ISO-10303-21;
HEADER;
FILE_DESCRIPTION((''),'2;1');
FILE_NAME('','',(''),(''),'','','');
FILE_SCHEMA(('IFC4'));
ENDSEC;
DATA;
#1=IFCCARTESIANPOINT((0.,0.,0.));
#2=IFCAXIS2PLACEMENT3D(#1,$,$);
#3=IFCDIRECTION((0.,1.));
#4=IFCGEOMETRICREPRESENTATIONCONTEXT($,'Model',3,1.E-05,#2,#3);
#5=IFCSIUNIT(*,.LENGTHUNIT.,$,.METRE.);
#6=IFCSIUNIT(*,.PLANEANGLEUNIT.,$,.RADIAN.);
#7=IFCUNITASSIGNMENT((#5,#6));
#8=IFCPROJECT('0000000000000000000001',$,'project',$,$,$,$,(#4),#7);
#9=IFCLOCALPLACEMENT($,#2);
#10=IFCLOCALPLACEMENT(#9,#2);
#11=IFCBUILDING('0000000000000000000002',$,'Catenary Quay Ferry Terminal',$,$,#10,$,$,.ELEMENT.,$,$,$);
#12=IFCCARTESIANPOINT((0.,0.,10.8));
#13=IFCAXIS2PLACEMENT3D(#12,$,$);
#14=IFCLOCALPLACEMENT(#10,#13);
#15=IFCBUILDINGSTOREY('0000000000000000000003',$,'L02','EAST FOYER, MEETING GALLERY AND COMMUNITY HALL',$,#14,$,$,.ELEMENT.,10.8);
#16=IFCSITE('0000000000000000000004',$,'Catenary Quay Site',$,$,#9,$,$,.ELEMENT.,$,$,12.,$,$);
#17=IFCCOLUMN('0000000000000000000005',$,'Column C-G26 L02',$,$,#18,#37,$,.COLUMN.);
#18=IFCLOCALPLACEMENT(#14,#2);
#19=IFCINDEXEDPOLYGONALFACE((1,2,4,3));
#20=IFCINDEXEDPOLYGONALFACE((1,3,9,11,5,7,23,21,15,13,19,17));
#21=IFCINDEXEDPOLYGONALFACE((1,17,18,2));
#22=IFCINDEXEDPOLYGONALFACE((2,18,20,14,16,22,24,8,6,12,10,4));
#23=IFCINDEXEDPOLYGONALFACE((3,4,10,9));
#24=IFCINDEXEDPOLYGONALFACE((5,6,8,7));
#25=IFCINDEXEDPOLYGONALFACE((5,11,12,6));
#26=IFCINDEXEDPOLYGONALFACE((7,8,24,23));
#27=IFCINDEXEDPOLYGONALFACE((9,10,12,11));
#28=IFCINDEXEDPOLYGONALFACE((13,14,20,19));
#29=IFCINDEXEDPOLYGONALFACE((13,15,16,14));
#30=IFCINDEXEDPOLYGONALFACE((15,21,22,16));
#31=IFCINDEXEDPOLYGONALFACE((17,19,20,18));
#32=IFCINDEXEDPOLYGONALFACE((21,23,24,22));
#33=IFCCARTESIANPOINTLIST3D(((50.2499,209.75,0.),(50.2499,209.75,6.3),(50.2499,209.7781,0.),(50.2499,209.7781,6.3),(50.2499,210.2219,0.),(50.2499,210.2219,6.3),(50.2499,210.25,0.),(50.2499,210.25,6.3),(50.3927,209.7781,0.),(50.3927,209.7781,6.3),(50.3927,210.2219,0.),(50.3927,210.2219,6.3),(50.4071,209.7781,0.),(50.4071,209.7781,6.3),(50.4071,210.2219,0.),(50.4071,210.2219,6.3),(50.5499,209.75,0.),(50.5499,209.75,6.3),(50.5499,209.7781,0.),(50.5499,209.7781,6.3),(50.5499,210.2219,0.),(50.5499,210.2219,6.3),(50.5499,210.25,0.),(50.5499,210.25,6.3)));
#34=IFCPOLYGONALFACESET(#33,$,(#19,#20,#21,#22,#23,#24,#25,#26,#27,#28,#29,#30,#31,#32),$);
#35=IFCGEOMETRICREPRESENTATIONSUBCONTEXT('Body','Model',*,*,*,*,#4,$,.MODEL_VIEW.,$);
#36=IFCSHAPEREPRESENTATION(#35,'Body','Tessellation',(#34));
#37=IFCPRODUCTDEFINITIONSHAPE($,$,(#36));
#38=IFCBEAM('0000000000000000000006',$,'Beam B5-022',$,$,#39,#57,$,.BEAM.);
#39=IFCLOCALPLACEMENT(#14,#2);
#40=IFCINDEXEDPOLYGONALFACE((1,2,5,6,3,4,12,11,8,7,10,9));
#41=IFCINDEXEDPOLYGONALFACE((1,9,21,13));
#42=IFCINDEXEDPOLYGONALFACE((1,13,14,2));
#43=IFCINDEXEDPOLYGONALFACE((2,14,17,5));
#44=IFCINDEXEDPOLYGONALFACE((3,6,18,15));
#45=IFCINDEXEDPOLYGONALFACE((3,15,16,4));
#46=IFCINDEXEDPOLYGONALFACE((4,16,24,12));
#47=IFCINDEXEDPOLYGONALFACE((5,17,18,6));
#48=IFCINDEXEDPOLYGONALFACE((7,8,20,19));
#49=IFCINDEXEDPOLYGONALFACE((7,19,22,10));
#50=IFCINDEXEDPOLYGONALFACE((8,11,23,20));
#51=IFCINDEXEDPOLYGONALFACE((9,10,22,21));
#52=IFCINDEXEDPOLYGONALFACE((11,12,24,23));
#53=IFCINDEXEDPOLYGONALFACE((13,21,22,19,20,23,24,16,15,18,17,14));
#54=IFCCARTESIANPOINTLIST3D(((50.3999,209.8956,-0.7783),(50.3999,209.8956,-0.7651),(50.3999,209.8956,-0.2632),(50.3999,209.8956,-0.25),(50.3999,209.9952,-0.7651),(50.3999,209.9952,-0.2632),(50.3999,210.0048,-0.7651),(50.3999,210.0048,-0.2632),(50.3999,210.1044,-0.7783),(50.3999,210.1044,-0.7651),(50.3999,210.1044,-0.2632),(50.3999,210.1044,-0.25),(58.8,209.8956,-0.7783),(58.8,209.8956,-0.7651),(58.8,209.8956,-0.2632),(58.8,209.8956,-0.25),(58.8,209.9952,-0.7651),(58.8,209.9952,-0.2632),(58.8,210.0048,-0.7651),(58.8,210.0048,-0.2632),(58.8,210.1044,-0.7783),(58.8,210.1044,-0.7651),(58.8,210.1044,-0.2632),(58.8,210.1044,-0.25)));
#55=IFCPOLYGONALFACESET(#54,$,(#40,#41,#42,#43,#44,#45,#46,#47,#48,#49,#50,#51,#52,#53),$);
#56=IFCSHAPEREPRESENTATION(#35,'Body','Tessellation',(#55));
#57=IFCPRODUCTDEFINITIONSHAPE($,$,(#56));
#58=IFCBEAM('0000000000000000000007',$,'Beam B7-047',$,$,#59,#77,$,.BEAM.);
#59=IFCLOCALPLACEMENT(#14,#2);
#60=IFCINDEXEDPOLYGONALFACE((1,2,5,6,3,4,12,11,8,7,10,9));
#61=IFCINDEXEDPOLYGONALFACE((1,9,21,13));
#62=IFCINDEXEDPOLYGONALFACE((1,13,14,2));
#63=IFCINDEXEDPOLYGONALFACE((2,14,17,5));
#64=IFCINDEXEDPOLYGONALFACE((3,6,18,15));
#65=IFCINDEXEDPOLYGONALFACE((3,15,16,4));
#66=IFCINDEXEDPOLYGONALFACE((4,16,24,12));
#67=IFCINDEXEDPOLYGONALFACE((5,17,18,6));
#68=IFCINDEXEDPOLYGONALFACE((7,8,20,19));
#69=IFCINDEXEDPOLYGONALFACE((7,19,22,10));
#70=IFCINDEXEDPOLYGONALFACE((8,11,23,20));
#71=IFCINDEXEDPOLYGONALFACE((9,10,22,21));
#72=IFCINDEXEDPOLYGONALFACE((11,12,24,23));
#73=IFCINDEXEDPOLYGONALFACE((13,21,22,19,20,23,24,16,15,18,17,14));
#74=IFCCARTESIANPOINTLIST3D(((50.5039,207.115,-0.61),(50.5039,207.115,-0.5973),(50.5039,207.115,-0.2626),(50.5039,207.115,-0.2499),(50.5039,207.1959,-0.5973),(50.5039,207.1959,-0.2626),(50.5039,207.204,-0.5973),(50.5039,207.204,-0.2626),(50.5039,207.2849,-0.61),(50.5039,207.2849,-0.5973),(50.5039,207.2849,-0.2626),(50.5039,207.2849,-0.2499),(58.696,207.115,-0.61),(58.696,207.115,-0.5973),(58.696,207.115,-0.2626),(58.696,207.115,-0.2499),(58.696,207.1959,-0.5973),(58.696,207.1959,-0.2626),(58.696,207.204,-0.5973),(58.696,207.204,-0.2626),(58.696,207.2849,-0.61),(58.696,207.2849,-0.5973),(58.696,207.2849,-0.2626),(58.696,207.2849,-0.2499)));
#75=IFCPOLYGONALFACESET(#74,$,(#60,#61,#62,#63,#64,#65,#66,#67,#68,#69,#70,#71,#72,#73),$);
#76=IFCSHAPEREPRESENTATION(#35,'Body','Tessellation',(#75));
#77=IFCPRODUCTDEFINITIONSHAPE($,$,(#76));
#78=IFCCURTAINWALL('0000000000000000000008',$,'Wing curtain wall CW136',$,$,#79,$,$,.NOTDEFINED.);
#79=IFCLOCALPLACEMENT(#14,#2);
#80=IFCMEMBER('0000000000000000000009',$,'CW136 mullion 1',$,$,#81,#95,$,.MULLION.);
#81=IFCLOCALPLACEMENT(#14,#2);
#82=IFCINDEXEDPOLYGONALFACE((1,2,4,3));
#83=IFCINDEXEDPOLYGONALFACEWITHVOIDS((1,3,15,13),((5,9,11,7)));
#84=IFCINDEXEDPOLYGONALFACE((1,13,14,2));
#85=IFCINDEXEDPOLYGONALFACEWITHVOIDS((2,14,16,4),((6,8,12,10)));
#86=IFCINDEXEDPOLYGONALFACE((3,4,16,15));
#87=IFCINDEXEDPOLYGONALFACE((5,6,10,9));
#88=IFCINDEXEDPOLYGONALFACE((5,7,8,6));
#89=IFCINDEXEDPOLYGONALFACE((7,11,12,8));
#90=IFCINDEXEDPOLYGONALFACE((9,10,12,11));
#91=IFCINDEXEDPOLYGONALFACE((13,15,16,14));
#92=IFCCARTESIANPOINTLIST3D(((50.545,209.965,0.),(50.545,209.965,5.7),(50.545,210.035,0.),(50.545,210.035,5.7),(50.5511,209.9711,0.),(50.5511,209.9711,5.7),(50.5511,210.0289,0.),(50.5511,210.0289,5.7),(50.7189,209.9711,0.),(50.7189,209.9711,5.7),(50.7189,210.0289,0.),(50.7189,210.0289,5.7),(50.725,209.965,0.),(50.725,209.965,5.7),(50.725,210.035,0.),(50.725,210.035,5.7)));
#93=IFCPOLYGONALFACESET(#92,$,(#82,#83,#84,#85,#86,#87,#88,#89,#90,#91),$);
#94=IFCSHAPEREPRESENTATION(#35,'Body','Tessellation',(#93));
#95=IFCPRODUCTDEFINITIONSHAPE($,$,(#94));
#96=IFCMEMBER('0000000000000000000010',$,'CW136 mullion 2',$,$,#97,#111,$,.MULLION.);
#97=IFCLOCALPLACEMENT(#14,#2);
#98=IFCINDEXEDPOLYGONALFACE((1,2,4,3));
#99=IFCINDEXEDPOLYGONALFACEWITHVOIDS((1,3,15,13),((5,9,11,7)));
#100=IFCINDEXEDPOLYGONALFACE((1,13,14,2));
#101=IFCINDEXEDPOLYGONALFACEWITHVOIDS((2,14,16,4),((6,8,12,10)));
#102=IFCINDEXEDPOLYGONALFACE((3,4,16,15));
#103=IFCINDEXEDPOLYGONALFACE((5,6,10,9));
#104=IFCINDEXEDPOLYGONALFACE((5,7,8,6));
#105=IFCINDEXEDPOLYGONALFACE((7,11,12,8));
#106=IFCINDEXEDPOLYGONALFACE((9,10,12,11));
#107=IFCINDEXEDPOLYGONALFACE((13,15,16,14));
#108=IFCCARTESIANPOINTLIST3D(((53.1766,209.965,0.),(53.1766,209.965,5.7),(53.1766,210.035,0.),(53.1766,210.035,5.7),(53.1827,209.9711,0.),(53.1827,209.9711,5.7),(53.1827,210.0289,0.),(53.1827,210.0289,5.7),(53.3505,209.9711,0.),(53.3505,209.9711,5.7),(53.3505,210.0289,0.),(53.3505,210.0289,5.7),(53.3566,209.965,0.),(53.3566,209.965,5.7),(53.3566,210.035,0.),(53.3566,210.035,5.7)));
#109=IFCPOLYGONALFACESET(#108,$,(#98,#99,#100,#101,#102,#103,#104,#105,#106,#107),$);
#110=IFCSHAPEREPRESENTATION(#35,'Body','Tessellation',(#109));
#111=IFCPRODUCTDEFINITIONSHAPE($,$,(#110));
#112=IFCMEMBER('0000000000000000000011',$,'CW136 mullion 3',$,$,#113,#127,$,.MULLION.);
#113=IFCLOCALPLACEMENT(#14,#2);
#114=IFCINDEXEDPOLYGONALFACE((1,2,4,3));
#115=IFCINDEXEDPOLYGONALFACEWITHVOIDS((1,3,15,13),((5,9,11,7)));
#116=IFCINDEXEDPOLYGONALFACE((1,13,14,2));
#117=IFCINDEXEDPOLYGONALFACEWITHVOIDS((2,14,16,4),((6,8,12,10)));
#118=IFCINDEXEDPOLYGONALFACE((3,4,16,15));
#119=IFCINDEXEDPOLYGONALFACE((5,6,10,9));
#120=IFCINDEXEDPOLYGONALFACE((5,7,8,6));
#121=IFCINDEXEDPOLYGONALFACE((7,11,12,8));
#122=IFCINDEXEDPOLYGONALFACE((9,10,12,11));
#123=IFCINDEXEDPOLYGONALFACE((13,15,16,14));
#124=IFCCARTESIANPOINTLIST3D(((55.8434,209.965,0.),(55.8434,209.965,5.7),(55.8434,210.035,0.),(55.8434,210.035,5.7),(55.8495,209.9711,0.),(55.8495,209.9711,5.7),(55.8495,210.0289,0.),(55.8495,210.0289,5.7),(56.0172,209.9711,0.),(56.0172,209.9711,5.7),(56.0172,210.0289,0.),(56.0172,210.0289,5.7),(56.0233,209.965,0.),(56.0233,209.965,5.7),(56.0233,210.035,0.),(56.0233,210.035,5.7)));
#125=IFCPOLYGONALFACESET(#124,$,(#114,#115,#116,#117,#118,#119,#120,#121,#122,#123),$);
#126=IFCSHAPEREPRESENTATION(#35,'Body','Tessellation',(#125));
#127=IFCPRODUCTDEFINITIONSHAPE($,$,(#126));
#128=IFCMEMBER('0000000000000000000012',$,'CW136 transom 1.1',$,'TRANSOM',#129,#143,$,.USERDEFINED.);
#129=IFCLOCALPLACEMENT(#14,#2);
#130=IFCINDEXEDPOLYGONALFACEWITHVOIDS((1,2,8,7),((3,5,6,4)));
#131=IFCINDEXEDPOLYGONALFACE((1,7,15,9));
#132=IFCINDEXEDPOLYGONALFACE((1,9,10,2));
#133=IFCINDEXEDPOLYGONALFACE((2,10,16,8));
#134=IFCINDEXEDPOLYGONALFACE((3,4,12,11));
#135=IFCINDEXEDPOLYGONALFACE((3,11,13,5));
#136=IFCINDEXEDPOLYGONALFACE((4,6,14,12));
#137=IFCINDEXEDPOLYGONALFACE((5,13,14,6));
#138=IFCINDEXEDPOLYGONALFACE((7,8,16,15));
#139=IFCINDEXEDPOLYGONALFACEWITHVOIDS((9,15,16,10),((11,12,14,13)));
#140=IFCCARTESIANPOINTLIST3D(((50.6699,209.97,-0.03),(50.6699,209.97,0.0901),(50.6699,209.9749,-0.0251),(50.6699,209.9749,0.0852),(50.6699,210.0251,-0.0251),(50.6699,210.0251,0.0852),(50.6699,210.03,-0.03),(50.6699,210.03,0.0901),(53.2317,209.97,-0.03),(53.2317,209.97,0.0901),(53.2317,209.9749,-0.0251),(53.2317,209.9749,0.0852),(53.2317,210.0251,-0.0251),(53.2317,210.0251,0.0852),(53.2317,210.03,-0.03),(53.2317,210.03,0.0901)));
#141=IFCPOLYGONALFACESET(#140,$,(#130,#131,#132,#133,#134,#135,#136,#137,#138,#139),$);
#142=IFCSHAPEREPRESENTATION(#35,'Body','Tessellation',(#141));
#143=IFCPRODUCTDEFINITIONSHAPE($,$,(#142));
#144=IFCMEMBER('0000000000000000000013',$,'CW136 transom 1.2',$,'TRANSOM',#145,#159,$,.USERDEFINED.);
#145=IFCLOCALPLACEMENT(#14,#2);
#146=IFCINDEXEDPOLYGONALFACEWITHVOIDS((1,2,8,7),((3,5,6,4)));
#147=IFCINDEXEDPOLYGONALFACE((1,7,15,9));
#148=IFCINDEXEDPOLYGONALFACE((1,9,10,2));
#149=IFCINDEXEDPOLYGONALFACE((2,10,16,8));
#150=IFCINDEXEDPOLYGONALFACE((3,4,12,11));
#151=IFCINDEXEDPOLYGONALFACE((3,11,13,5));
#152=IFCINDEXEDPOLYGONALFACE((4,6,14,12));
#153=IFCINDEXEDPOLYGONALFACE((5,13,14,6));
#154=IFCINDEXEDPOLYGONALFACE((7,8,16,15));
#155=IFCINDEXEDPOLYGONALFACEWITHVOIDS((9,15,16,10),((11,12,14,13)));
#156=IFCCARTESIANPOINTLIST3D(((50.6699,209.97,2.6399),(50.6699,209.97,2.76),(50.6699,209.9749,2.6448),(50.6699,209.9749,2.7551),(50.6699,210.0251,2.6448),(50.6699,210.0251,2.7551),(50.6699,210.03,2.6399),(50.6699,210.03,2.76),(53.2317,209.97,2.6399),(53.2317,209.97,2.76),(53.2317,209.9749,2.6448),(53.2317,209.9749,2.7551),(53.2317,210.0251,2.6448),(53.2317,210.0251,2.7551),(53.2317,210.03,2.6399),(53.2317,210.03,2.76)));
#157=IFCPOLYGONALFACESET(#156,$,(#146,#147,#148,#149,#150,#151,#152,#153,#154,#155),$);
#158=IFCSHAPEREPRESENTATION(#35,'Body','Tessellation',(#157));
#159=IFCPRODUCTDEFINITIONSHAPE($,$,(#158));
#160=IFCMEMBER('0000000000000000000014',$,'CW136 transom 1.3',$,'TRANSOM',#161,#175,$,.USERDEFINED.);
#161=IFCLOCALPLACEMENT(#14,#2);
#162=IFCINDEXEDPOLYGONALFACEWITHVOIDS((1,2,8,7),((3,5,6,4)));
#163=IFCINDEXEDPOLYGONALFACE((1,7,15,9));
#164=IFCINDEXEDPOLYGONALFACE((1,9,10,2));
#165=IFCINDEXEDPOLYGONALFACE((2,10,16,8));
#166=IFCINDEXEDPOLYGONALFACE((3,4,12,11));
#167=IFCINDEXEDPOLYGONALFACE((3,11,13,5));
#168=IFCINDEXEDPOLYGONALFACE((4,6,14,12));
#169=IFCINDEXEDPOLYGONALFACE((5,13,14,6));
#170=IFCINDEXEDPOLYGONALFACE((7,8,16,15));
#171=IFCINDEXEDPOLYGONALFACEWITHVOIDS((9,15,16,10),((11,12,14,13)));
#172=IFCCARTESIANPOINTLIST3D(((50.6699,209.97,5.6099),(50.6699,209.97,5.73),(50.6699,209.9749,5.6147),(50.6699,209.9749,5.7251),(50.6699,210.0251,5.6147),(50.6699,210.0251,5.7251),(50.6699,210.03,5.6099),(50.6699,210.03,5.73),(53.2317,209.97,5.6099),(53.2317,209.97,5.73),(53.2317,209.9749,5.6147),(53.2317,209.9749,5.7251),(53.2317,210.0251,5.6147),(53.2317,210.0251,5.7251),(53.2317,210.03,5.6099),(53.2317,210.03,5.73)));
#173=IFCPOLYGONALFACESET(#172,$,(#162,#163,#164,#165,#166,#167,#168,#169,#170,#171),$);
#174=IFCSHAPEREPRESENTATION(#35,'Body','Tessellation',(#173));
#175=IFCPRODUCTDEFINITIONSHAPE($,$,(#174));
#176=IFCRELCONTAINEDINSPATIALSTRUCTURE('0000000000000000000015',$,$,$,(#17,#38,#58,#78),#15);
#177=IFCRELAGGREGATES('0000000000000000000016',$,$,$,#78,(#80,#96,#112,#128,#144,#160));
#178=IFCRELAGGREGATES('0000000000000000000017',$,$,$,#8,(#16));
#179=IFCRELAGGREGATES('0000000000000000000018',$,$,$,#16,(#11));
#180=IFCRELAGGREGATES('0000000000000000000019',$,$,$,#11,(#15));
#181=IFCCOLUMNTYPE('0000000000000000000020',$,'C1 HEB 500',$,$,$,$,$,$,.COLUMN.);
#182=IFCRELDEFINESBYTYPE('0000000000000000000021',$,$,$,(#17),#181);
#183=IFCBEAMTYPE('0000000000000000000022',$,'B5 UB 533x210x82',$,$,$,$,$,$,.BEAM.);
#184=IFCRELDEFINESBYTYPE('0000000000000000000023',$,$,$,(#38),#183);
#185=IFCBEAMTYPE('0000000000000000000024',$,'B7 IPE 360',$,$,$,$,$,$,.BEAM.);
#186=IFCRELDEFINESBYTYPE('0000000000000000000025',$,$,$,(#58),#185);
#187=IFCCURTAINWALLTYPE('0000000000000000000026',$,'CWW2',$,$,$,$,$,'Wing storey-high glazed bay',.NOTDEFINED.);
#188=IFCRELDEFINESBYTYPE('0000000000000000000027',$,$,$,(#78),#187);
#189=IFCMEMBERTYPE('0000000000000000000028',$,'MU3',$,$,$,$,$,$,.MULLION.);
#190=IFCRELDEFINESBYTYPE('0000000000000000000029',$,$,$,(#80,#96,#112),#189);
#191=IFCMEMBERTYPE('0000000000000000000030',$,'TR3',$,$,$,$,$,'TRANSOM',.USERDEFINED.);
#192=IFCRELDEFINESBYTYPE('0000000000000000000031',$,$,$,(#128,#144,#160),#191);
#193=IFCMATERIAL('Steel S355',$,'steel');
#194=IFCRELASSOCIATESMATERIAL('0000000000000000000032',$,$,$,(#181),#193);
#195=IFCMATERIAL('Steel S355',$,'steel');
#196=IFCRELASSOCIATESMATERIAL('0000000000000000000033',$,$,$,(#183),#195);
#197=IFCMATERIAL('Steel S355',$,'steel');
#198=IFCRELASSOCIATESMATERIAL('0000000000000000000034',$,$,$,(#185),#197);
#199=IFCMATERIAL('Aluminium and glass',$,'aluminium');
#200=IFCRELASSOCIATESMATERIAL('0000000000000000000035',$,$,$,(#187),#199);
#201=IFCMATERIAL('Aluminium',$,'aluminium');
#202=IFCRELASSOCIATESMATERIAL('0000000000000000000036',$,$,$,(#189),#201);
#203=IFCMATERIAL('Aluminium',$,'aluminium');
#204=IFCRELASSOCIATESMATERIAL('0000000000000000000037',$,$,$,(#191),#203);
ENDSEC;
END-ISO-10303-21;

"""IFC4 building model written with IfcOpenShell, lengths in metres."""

from ifc_helpers import new_model, si_unit, direction, frame, origin, origin_2d, place, context, subcontext, project, spatial, hollow_rectangle, i_section, extrude, material, material_profile, profile_set, type_object, element, aggregate, save


model = new_model("IFC4")

# Units and contexts
model_context = context("Model", 3, precision=1e-05, world=origin(), true_north=direction((0.0, 1.0)))
body_context = subcontext(model_context, "Body", "Model", "MODEL_VIEW")
ifc_project = project(units=[si_unit("LENGTHUNIT", "METRE"), si_unit("PLANEANGLEUNIT", "RADIAN")], contexts=[model_context])

# Site, building, storey
site_placement = place(None, origin())
site = spatial("IfcSite", under=ifc_project, at=site_placement, Name="Catenary Quay Site", CompositionType="ELEMENT", RefElevation=12.0)
building_placement = place(site_placement, origin())
building = spatial("IfcBuilding", under=site, at=building_placement, Name="Catenary Quay Ferry Terminal", CompositionType="ELEMENT")
storey_placement = place(building_placement, frame((0.0, 0.0, 10.8)))
storey = spatial("IfcBuildingStorey", under=building, at=storey_placement, Name="L02", Description="EAST FOYER, MEETING GALLERY AND COMMUNITY HALL", CompositionType="ELEMENT", Elevation=10.8)

# Column
ifc_material_1 = material(Name="Steel S355", Category="steel")
ifc_material_profile_1 = material_profile(ifc_material_1, i_section(OverallWidth=0.3, OverallDepth=0.5, WebThickness=0.0144, FlangeThickness=0.0281, at=origin_2d()), Name="HEB 500")
ifc_profile_set_1 = profile_set([ifc_material_profile_1], Name="Steel S355")
column_type = type_object("IfcColumnType", Name="C1 HEB 500", PredefinedType="COLUMN", material=ifc_profile_set_1)
column_placement = place(storey_placement, frame((50.3999, 210.0, 0.0), z_axis=(0.0, 0.0, 1.0), x_axis=(1.0, 0.0, 0.0)))
element("IfcColumn", 1, at=column_placement, inside=storey, type_object=column_type, Name="Column C-G26 L02", PredefinedType="COLUMN", context=body_context, shape_type="SweptSolid", body=[
    extrude(i_section(OverallWidth=0.3, OverallDepth=0.5, WebThickness=0.0144, FlangeThickness=0.0281, at=origin_2d()), origin(), (0.0, 0.0, 1.0), 6.3),
])

# Beams
ifc_material_2 = material(Name="Steel S355", Category="steel")
ifc_material_profile_2 = material_profile(ifc_material_2, i_section(OverallWidth=0.2087, OverallDepth=0.5283, WebThickness=0.0095, FlangeThickness=0.0132, at=origin_2d()), Name="UB 533x210x82")
ifc_profile_set_2 = profile_set([ifc_material_profile_2], Name="Steel S355")
beam_type_1 = type_object("IfcBeamType", Name="B5 UB 533x210x82", PredefinedType="BEAM", material=ifc_profile_set_2)
beam_1_placement = place(storey_placement, frame((50.3999, 210.0, -0.5142), z_axis=(1.0, 0.0, 0.0), x_axis=(0.0, 1.0, 0.0)))
element("IfcBeam", 2, at=beam_1_placement, inside=storey, type_object=beam_type_1, Name="Beam B5-022", PredefinedType="BEAM", context=body_context, shape_type="SweptSolid", body=[
    extrude(i_section(OverallWidth=0.2087, OverallDepth=0.5283, WebThickness=0.0095, FlangeThickness=0.0132, at=origin_2d()), origin(), (0.0, 0.0, 1.0), 8.4001),
])
ifc_material_3 = material(Name="Steel S355", Category="steel")
ifc_material_profile_3 = material_profile(ifc_material_3, i_section(OverallWidth=0.1699, OverallDepth=0.3601, WebThickness=0.0081, FlangeThickness=0.0127, at=origin_2d()), Name="IPE 360")
ifc_profile_set_3 = profile_set([ifc_material_profile_3], Name="Steel S355")
beam_type_2 = type_object("IfcBeamType", Name="B7 IPE 360", PredefinedType="BEAM", material=ifc_profile_set_3)
beam_2_placement = place(storey_placement, frame((50.5039, 207.2, -0.4299), z_axis=(1.0, 0.0, 0.0), x_axis=(0.0, 1.0, 0.0)))
element("IfcBeam", 3, at=beam_2_placement, inside=storey, type_object=beam_type_2, Name="Beam B7-047", PredefinedType="BEAM", context=body_context, shape_type="SweptSolid", body=[
    extrude(i_section(OverallWidth=0.1699, OverallDepth=0.3601, WebThickness=0.0081, FlangeThickness=0.0127, at=origin_2d()), origin(), (0.0, 0.0, 1.0), 8.1921),
])

# Curtain wall, members
ifc_material_4 = material(Name="Aluminium and glass", Category="aluminium")
curtain_wall_type = type_object("IfcCurtainWallType", Name="CWW2", ElementType="Wing storey-high glazed bay", PredefinedType="NOTDEFINED", material=ifc_material_4)
curtain_wall_placement = place(storey_placement, origin())
curtain_wall = element("IfcCurtainWall", 4, at=curtain_wall_placement, inside=storey, type_object=curtain_wall_type, Name="Wing curtain wall CW136", PredefinedType="NOTDEFINED")
ifc_material_5 = material(Name="Aluminium", Category="aluminium")
ifc_material_profile_4 = material_profile(ifc_material_5, hollow_rectangle(XDim=0.0701, YDim=0.1799, WallThickness=0.0061, at=origin_2d()), Name="MU3")
ifc_profile_set_4 = profile_set([ifc_material_profile_4], Name="Aluminium")
member_type_1 = type_object("IfcMemberType", Name="MU3", PredefinedType="MULLION", material=ifc_profile_set_4)
member_1_placement = place(storey_placement, frame((50.635, 210.0, 0.0), z_axis=(0.0, 0.0, 1.0), x_axis=(0.0, 1.0, 0.0)))
member_1 = element("IfcMember", 5, at=member_1_placement, type_object=member_type_1, Name="CW136 mullion 1", PredefinedType="MULLION", context=body_context, shape_type="SweptSolid", body=[
    extrude(hollow_rectangle(XDim=0.0701, YDim=0.1799, WallThickness=0.0061, at=origin_2d()), origin(), (0.0, 0.0, 1.0), 5.7),
])
member_2_placement = place(storey_placement, frame((53.2666, 210.0, 0.0), z_axis=(0.0, 0.0, 1.0), x_axis=(0.0, 1.0, 0.0)))
member_2 = element("IfcMember", 6, at=member_2_placement, type_object=member_type_1, Name="CW136 mullion 2", PredefinedType="MULLION", context=body_context, shape_type="SweptSolid", body=[
    extrude(hollow_rectangle(XDim=0.0701, YDim=0.1799, WallThickness=0.0061, at=origin_2d()), origin(), (0.0, 0.0, 1.0), 5.7),
])
member_3_placement = place(storey_placement, frame((55.9333, 210.0, 0.0), z_axis=(0.0, 0.0, 1.0), x_axis=(0.0, 1.0, 0.0)))
member_3 = element("IfcMember", 7, at=member_3_placement, type_object=member_type_1, Name="CW136 mullion 3", PredefinedType="MULLION", context=body_context, shape_type="SweptSolid", body=[
    extrude(hollow_rectangle(XDim=0.0701, YDim=0.1799, WallThickness=0.0061, at=origin_2d()), origin(), (0.0, 0.0, 1.0), 5.7),
])
ifc_material_6 = material(Name="Aluminium", Category="aluminium")
ifc_material_profile_5 = material_profile(ifc_material_6, hollow_rectangle(XDim=0.0601, YDim=0.1201, WallThickness=0.0049, at=origin_2d()), Name="TR3")
ifc_profile_set_5 = profile_set([ifc_material_profile_5], Name="Aluminium")
member_type_2 = type_object("IfcMemberType", Name="TR3", ElementType="TRANSOM", PredefinedType="USERDEFINED", material=ifc_profile_set_5)
member_4_placement = place(storey_placement, frame((50.6699, 210.0, 0.03), z_axis=(1.0, 0.0, 0.0), x_axis=(0.0, 1.0, 0.0)))
member_4 = element("IfcMember", 8, at=member_4_placement, type_object=member_type_2, Name="CW136 transom 1.1", ObjectType="TRANSOM", PredefinedType="USERDEFINED", context=body_context, shape_type="SweptSolid", body=[
    extrude(hollow_rectangle(XDim=0.0601, YDim=0.1201, WallThickness=0.0049, at=origin_2d()), origin(), (0.0, 0.0, 1.0), 2.5618),
])
member_5_placement = place(storey_placement, frame((50.6699, 210.0, 2.7), z_axis=(1.0, 0.0, 0.0), x_axis=(0.0, 1.0, 0.0)))
member_5 = element("IfcMember", 9, at=member_5_placement, type_object=member_type_2, Name="CW136 transom 1.2", ObjectType="TRANSOM", PredefinedType="USERDEFINED", context=body_context, shape_type="SweptSolid", body=[
    extrude(hollow_rectangle(XDim=0.0601, YDim=0.1201, WallThickness=0.0049, at=origin_2d()), origin(), (0.0, 0.0, 1.0), 2.5618),
])
member_6_placement = place(storey_placement, frame((50.6699, 210.0, 5.6699), z_axis=(1.0, 0.0, 0.0), x_axis=(0.0, 1.0, 0.0)))
member_6 = element("IfcMember", 10, at=member_6_placement, type_object=member_type_2, Name="CW136 transom 1.3", ObjectType="TRANSOM", PredefinedType="USERDEFINED", context=body_context, shape_type="SweptSolid", body=[
    extrude(hollow_rectangle(XDim=0.0601, YDim=0.1201, WallThickness=0.0049, at=origin_2d()), origin(), (0.0, 0.0, 1.0), 2.5618),
])
aggregate(curtain_wall, [member_1, member_2, member_3, member_4, member_5, member_6])

save(model, "model.ifc")
